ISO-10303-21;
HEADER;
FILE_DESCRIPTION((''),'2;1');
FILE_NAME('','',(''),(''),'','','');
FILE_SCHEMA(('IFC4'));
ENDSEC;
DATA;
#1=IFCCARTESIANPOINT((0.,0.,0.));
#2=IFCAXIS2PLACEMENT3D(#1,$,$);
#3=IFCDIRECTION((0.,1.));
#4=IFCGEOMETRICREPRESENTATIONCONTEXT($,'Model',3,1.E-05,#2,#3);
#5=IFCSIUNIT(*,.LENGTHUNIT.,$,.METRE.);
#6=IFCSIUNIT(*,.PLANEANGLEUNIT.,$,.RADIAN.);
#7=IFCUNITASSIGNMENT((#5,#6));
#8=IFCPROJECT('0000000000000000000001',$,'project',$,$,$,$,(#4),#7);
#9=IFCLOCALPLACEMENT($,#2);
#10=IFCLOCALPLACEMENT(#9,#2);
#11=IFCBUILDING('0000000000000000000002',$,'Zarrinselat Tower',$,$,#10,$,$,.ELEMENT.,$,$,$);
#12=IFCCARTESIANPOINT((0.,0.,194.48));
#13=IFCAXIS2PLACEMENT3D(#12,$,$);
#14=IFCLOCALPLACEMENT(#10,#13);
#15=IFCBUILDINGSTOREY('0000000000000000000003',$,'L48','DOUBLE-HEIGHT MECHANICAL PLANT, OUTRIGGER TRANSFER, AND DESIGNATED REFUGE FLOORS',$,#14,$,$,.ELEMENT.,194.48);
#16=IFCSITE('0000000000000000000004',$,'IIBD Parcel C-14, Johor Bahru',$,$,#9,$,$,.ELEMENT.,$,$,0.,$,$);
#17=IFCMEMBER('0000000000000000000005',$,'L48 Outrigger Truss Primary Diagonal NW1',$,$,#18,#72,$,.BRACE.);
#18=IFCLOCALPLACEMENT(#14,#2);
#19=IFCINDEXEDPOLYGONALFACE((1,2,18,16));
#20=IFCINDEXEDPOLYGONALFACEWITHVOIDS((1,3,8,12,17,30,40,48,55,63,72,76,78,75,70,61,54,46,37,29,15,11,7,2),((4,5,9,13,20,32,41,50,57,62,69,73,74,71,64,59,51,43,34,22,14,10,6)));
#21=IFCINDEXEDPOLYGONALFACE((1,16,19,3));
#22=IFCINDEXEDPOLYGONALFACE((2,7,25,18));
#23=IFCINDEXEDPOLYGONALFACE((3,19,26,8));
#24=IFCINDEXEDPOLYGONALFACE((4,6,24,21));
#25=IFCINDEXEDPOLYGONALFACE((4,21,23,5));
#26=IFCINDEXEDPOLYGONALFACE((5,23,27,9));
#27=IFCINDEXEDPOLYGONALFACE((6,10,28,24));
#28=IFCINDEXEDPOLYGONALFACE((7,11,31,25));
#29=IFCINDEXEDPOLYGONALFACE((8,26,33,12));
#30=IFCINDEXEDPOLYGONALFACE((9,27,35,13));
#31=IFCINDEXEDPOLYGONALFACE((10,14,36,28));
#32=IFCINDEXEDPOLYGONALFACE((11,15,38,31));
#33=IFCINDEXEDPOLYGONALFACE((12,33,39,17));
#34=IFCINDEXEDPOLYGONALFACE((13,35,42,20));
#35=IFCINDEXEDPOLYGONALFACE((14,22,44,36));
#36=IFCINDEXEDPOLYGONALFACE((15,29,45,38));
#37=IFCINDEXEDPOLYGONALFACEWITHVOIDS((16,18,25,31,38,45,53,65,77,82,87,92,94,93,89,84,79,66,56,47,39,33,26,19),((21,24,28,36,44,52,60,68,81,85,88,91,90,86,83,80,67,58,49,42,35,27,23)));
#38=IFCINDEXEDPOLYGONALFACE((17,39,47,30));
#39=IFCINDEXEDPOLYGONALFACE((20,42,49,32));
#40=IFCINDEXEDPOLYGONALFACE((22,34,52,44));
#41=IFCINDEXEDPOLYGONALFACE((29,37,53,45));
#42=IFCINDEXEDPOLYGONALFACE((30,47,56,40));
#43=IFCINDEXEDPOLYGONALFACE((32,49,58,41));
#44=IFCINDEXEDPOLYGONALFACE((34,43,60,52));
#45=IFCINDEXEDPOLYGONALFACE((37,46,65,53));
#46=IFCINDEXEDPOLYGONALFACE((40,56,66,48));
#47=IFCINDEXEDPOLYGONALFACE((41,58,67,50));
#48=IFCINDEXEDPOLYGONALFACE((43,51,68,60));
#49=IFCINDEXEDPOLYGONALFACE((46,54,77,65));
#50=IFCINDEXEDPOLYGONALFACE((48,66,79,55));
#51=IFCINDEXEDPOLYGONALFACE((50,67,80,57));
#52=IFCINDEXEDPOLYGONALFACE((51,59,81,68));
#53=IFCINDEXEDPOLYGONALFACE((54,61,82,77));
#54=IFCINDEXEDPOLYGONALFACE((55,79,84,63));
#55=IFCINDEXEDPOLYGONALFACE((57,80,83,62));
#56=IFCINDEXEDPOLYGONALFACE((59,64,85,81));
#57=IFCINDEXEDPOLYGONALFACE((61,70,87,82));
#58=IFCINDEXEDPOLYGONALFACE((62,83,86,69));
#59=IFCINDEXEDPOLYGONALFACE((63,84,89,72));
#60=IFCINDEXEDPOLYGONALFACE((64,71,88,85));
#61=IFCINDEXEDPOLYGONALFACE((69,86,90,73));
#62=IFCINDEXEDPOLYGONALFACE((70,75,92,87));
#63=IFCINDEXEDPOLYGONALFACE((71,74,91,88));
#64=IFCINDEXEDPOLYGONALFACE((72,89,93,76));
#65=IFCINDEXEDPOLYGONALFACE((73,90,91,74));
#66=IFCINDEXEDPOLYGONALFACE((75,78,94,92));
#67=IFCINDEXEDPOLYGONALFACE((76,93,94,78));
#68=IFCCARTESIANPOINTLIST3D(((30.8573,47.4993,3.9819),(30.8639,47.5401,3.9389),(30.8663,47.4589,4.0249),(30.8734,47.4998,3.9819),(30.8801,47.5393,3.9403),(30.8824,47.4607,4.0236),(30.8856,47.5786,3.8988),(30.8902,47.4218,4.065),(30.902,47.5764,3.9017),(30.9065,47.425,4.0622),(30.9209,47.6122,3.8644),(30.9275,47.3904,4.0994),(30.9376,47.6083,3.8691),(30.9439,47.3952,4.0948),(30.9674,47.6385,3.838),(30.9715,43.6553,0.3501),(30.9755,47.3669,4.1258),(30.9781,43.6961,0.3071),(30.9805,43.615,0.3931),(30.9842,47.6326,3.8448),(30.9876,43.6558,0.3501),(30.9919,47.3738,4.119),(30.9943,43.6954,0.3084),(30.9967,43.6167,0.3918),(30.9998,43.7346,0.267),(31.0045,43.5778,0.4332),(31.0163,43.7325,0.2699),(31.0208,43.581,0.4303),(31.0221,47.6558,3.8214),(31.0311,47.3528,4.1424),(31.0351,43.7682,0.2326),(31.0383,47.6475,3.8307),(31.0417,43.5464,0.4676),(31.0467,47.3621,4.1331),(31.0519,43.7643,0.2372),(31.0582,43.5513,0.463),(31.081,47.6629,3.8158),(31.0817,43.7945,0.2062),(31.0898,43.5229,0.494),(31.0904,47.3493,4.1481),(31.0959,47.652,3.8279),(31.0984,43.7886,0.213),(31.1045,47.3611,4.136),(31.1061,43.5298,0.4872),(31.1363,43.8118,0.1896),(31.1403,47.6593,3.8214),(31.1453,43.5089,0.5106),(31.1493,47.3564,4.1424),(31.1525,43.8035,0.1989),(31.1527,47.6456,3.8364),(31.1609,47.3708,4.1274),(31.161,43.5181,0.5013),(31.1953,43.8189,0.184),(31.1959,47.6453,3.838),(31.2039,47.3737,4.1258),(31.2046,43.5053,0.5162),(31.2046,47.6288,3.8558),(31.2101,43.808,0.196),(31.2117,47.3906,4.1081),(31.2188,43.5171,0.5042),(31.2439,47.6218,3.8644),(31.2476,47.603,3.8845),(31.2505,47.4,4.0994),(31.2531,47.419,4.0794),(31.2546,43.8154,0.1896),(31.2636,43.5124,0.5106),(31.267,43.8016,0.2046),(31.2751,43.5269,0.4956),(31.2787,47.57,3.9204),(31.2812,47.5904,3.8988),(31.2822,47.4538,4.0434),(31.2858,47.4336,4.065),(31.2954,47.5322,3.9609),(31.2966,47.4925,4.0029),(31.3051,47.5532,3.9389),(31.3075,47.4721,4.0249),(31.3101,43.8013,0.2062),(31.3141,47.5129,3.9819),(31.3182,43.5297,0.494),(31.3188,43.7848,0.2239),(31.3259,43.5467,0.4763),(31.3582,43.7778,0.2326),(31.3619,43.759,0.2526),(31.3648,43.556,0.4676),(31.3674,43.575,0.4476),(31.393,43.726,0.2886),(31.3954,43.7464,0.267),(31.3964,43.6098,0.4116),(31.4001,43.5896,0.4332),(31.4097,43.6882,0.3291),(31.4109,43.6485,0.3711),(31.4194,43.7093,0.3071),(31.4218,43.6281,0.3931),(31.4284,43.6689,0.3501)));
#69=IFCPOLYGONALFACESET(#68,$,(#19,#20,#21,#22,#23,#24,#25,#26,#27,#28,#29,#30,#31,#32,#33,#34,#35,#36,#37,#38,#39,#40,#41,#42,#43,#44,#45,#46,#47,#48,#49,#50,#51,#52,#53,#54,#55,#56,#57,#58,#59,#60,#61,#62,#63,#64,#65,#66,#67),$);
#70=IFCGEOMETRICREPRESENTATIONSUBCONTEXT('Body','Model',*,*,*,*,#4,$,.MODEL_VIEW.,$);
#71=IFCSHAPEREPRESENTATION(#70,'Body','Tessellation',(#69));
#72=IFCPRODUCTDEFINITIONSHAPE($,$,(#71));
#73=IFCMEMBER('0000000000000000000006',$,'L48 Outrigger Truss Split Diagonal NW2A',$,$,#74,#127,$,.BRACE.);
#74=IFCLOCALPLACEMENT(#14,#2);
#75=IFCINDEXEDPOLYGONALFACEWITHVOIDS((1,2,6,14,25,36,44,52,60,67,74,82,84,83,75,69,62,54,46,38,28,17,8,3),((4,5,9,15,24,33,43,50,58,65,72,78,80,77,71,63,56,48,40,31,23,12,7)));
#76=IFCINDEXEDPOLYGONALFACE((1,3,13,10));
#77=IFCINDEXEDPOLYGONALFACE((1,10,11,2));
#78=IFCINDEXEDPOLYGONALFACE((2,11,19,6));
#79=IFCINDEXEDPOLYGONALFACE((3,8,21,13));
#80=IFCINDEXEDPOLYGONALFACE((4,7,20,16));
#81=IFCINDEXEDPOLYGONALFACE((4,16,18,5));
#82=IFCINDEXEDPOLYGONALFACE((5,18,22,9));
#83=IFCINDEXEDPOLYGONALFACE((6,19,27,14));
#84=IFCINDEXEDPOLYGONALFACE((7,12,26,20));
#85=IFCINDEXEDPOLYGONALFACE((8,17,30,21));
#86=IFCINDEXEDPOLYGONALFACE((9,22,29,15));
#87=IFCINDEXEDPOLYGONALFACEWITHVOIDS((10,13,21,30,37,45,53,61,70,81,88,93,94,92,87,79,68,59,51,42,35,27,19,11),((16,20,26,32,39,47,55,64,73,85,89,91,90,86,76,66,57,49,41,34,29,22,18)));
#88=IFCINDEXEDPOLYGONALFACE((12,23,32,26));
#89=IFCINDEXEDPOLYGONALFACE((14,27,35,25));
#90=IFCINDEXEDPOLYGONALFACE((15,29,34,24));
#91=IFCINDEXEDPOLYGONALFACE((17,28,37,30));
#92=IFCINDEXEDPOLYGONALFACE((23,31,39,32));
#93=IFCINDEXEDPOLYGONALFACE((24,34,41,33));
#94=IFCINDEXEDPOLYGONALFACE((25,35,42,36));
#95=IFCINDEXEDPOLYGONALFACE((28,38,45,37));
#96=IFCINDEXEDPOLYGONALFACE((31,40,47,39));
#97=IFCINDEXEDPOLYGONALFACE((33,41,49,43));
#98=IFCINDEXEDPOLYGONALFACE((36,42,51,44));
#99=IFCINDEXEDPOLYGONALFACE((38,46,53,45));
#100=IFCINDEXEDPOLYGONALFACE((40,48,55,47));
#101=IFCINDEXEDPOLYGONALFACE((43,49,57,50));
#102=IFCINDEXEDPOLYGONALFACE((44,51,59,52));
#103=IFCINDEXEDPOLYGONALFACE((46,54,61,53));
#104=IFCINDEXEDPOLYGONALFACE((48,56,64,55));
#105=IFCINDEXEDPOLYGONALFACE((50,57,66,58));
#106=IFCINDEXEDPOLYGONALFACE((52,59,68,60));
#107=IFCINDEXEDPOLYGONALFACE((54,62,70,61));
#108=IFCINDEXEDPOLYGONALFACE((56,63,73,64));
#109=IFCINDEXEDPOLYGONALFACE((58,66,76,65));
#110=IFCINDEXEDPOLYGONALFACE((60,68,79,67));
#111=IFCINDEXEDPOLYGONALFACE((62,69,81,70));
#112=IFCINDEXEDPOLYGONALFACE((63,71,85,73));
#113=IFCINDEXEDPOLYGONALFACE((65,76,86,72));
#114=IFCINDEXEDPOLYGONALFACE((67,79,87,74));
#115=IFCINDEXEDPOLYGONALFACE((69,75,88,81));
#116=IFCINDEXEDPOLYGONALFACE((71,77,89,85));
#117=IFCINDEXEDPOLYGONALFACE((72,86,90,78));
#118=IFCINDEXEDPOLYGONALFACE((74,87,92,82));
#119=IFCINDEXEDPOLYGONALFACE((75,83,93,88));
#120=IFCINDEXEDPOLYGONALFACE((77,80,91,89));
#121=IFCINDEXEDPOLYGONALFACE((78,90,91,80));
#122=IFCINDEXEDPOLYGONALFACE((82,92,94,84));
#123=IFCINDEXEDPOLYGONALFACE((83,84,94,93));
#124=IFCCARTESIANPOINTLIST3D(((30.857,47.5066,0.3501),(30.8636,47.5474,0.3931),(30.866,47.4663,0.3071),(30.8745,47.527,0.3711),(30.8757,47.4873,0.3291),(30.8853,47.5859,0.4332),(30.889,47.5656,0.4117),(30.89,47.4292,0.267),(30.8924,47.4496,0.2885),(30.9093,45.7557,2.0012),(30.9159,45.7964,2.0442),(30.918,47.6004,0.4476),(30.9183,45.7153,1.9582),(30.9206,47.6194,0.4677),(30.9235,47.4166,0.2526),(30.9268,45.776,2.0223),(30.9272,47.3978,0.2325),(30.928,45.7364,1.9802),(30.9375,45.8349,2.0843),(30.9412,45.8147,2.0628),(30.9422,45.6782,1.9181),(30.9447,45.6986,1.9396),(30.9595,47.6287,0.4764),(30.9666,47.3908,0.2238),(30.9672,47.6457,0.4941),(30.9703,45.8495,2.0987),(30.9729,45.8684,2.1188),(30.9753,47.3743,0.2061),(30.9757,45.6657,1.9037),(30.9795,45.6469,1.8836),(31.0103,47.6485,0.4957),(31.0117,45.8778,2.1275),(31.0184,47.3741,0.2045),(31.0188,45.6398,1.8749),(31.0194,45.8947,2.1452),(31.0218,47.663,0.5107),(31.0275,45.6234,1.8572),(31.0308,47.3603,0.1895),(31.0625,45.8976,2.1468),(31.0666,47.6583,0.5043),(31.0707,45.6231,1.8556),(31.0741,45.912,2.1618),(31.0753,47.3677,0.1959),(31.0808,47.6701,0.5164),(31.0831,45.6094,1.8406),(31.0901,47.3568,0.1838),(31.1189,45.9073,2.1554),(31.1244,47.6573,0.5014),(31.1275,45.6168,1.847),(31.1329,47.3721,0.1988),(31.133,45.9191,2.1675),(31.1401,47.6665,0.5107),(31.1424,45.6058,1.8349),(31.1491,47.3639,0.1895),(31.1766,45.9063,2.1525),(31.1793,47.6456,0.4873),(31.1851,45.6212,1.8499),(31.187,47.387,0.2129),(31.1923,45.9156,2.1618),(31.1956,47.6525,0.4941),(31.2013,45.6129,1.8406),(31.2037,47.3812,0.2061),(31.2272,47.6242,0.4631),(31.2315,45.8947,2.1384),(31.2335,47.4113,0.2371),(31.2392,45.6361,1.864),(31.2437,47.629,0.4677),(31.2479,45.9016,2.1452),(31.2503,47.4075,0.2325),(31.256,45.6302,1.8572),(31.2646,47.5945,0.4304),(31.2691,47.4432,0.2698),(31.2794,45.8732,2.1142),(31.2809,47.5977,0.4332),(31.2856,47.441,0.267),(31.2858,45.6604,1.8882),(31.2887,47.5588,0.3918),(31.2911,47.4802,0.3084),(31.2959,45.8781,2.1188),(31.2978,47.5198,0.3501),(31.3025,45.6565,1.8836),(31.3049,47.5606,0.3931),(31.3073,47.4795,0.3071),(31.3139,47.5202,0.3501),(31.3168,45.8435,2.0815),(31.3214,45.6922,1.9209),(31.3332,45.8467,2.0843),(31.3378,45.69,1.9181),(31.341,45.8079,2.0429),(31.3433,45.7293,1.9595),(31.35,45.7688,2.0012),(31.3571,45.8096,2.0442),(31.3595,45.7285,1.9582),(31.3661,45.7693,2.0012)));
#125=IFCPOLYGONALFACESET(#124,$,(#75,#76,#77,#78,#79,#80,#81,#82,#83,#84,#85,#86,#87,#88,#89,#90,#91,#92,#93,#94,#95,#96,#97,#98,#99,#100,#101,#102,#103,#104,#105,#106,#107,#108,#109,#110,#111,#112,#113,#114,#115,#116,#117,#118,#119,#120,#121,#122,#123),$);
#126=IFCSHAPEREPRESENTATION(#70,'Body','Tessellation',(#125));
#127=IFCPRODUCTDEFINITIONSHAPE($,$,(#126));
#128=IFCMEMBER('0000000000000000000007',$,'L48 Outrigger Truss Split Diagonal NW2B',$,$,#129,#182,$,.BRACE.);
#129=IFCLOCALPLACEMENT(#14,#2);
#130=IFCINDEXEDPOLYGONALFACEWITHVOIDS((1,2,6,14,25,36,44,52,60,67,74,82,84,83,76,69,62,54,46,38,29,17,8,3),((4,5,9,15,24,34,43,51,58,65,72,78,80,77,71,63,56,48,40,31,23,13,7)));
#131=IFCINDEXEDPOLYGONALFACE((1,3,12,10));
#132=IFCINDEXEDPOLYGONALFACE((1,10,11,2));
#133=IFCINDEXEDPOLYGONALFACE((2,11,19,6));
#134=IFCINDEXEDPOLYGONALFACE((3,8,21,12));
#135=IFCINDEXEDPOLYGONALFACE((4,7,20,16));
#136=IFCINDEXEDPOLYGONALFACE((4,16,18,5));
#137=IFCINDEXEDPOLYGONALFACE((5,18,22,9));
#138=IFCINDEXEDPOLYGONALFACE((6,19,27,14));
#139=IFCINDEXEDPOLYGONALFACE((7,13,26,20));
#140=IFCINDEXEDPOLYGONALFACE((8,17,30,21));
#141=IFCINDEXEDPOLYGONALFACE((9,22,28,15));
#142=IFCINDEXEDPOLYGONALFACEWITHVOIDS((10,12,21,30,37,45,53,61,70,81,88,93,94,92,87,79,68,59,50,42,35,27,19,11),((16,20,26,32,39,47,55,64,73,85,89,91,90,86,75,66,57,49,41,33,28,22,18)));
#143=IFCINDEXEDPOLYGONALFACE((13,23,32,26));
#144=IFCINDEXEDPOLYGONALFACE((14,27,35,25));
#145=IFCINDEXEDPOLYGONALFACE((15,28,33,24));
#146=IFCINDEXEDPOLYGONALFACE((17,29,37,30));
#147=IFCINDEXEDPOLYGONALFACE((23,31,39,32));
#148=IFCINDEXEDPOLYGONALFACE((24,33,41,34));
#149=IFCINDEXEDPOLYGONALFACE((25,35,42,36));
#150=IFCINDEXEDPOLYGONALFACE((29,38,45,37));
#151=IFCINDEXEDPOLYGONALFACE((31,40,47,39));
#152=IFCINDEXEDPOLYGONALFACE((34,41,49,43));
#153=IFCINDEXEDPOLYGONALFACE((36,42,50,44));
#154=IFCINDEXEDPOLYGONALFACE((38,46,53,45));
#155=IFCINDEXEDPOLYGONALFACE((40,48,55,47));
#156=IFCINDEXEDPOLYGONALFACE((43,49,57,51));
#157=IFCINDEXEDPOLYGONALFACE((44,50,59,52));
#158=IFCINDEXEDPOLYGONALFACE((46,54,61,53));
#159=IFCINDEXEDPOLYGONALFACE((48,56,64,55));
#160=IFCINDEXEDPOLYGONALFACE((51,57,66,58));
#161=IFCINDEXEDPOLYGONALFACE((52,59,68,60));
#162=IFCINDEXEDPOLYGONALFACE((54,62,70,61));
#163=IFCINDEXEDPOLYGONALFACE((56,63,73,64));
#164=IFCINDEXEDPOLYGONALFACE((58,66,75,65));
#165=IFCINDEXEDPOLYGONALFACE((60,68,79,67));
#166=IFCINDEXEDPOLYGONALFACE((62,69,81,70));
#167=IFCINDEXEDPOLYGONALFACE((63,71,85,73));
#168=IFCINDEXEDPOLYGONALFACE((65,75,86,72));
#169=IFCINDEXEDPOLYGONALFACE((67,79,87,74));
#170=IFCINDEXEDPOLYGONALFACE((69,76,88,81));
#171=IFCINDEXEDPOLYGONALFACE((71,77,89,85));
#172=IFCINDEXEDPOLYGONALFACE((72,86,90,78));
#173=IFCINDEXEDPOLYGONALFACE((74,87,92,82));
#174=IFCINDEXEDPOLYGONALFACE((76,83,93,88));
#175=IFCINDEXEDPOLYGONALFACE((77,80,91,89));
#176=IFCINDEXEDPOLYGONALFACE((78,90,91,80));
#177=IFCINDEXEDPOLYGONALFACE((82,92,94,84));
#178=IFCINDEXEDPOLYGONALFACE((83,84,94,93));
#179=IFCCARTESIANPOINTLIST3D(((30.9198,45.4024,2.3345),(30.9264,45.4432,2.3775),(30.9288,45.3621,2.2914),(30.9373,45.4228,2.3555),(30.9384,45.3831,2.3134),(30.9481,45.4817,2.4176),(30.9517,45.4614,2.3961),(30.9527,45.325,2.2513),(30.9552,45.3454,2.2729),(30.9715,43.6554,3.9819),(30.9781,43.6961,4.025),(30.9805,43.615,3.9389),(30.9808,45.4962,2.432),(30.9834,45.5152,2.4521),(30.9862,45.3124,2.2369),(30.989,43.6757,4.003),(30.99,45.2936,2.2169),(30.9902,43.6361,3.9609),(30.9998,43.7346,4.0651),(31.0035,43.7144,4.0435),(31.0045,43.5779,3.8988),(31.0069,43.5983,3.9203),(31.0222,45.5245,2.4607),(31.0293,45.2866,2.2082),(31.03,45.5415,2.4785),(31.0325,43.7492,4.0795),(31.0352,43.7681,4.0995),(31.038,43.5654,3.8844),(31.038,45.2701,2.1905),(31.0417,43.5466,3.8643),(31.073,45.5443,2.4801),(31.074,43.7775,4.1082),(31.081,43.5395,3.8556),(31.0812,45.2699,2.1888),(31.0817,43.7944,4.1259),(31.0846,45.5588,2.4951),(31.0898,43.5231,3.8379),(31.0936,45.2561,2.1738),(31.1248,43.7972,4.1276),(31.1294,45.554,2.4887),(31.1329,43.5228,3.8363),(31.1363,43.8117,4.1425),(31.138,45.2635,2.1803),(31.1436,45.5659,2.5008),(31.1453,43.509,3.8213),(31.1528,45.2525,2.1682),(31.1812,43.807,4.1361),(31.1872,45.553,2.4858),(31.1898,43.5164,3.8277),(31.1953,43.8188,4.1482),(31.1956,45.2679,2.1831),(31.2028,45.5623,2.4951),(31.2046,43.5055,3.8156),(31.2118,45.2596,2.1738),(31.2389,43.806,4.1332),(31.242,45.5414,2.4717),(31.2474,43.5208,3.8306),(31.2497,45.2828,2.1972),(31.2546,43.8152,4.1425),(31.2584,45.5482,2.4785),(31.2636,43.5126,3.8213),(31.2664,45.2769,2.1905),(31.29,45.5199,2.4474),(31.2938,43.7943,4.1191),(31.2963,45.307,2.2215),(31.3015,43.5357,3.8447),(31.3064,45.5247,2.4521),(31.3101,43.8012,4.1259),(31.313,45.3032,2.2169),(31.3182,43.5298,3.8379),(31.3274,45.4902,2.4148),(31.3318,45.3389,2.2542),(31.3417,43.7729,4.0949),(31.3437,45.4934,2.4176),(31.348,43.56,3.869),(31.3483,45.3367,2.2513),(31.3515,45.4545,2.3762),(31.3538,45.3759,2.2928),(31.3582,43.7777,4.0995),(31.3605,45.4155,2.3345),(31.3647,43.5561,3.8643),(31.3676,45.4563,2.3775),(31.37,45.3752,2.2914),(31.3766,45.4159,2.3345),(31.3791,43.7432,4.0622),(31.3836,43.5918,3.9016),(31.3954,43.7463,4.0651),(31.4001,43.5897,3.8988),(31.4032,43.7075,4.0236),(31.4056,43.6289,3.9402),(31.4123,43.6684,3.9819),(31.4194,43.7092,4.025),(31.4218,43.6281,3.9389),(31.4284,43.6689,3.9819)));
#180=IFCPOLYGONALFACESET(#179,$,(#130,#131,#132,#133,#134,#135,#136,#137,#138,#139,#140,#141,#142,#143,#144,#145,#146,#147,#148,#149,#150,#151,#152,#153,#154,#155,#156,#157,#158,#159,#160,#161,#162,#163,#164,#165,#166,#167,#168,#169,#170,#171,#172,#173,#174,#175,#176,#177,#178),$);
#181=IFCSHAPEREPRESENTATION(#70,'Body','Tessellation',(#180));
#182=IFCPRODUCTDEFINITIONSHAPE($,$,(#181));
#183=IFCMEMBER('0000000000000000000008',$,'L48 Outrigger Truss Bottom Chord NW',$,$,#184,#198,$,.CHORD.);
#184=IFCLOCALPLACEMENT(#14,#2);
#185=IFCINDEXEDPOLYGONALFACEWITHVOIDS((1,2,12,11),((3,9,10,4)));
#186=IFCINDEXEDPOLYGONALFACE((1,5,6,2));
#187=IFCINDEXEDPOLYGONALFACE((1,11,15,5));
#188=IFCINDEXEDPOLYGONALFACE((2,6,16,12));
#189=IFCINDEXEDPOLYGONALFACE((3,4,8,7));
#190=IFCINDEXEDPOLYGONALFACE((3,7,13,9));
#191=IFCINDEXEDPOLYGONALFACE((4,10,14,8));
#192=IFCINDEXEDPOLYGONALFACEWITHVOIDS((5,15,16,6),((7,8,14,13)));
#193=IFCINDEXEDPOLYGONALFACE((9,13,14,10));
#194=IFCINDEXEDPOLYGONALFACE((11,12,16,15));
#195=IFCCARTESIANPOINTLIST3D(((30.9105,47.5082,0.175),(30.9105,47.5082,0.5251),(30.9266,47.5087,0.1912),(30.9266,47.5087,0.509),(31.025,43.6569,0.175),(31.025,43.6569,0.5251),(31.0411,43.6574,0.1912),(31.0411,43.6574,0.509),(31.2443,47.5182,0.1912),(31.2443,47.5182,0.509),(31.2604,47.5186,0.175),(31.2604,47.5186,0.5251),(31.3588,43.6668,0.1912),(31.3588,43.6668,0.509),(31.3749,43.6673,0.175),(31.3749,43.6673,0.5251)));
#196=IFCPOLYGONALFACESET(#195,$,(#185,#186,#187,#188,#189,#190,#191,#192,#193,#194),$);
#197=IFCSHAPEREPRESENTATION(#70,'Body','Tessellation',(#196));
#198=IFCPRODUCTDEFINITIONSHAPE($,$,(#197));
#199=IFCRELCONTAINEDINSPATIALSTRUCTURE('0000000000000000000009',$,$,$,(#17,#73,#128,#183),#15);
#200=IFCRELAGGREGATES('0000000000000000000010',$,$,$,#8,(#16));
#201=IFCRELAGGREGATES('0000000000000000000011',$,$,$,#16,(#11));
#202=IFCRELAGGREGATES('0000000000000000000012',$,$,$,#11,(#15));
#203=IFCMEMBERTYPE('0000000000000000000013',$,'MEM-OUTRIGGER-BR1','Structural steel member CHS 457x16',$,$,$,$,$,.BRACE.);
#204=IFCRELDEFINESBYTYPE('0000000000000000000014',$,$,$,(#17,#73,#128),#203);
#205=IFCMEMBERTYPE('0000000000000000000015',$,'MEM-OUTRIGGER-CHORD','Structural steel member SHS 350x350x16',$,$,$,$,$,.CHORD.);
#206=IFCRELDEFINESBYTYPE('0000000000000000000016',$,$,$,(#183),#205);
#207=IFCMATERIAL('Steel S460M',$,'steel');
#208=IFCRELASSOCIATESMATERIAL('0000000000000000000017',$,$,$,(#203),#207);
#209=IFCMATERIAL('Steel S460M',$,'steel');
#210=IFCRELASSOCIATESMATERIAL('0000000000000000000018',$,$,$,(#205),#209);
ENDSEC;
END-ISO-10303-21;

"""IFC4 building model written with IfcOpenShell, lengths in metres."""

from ifc_helpers import new_model, si_unit, direction, frame, origin, origin_2d, place, context, subcontext, project, spatial, hollow_rectangle, hollow_circle, extrude, material, material_profile, profile_set, type_object, element, save


model = new_model("IFC4")

# Units and contexts
model_context = context("Model", 3, precision=1e-05, world=origin(), true_north=direction((0.0, 1.0)))
body_context = subcontext(model_context, "Body", "Model", "MODEL_VIEW")
ifc_project = project(units=[si_unit("LENGTHUNIT", "METRE"), si_unit("PLANEANGLEUNIT", "RADIAN")], contexts=[model_context])

# Site, building, storey
site_placement = place(None, origin())
site = spatial("IfcSite", under=ifc_project, at=site_placement, Name="IIBD Parcel C-14, Johor Bahru", CompositionType="ELEMENT", RefElevation=0.0)
building_placement = place(site_placement, origin())
building = spatial("IfcBuilding", under=site, at=building_placement, Name="Zarrinselat Tower", CompositionType="ELEMENT")
storey_placement = place(building_placement, frame((0.0, 0.0, 194.48)))
storey = spatial("IfcBuildingStorey", under=building, at=storey_placement, Name="L48", Description="DOUBLE-HEIGHT MECHANICAL PLANT, OUTRIGGER TRANSFER, AND DESIGNATED REFUGE FLOORS", CompositionType="ELEMENT", Elevation=194.48)

# Members
ifc_material_1 = material(Name="Steel S460M", Category="steel")
ifc_material_profile_1 = material_profile(ifc_material_1, hollow_circle(Radius=0.2285, WallThickness=0.0161, at=origin_2d()), Name="CHS 457x16")
ifc_profile_set_1 = profile_set([ifc_material_profile_1], Name="Steel S460M")
member_type_1 = type_object("IfcMemberType", Name="MEM-OUTRIGGER-BR1", Description="Structural steel member CHS 457x16", PredefinedType="BRACE", material=ifc_profile_set_1)
member_1_placement = place(storey_placement, frame((31.2, 43.6621, 0.3501), z_axis=(-0.021601, 0.726712, 0.686603), x_axis=(-0.999559, -0.029711, 0.0)))
element("IfcMember", 1, at=member_1_placement, inside=storey, type_object=member_type_1, Name="L48 Outrigger Truss Primary Diagonal NW1", PredefinedType="BRACE", context=body_context, shape_type="SweptSolid", body=[
    extrude(hollow_circle(Radius=0.2285, WallThickness=0.0161, at=origin_2d()), origin(), (0.0, 0.0, 1.0), 5.2896),
])
member_2_placement = place(storey_placement, frame((31.0854, 47.5134, 0.3501), z_axis=(0.021704, -0.727376, 0.685896), x_axis=(0.999555, 0.029825, 0.0)))
element("IfcMember", 2, at=member_2_placement, inside=storey, type_object=member_type_1, Name="L48 Outrigger Truss Split Diagonal NW2A", PredefinedType="BRACE", context=body_context, shape_type="SweptSolid", body=[
    extrude(hollow_circle(Radius=0.2285, WallThickness=0.0161, at=origin_2d()), origin(), (0.0, 0.0, 1.0), 2.4072),
])
member_3_placement = place(storey_placement, frame((31.1482, 45.4092, 2.3345), z_axis=(0.021549, -0.727374, 0.685903), x_axis=(0.999561, 0.029612, 0.0)))
element("IfcMember", 3, at=member_3_placement, inside=storey, type_object=member_type_1, Name="L48 Outrigger Truss Split Diagonal NW2B", PredefinedType="BRACE", context=body_context, shape_type="SweptSolid", body=[
    extrude(hollow_circle(Radius=0.2285, WallThickness=0.0161, at=origin_2d()), origin(), (0.0, 0.0, 1.0), 2.4019),
])
ifc_material_2 = material(Name="Steel S460M", Category="steel")
ifc_material_profile_2 = material_profile(ifc_material_2, hollow_rectangle(XDim=0.3501, YDim=0.3501, WallThickness=0.0161, at=origin_2d()), Name="SHS 350x350x16")
ifc_profile_set_2 = profile_set([ifc_material_profile_2], Name="Steel S460M")
member_type_2 = type_object("IfcMemberType", Name="MEM-OUTRIGGER-CHORD", Description="Structural steel member SHS 350x350x16", PredefinedType="CHORD", material=ifc_profile_set_2)
member_4_placement = place(storey_placement, frame((31.2, 43.6621, 0.3501), z_axis=(-0.029717, 0.999558, 0.0), x_axis=(-0.999558, -0.029717, 0.0)))
element("IfcMember", 4, at=member_4_placement, inside=storey, type_object=member_type_2, Name="L48 Outrigger Truss Bottom Chord NW", PredefinedType="CHORD", context=body_context, shape_type="SweptSolid", body=[
    extrude(hollow_rectangle(XDim=0.3501, YDim=0.3501, WallThickness=0.0161, at=origin_2d()), origin(), (0.0, 0.0, 1.0), 3.853),
])

save(model, "model.ifc")
